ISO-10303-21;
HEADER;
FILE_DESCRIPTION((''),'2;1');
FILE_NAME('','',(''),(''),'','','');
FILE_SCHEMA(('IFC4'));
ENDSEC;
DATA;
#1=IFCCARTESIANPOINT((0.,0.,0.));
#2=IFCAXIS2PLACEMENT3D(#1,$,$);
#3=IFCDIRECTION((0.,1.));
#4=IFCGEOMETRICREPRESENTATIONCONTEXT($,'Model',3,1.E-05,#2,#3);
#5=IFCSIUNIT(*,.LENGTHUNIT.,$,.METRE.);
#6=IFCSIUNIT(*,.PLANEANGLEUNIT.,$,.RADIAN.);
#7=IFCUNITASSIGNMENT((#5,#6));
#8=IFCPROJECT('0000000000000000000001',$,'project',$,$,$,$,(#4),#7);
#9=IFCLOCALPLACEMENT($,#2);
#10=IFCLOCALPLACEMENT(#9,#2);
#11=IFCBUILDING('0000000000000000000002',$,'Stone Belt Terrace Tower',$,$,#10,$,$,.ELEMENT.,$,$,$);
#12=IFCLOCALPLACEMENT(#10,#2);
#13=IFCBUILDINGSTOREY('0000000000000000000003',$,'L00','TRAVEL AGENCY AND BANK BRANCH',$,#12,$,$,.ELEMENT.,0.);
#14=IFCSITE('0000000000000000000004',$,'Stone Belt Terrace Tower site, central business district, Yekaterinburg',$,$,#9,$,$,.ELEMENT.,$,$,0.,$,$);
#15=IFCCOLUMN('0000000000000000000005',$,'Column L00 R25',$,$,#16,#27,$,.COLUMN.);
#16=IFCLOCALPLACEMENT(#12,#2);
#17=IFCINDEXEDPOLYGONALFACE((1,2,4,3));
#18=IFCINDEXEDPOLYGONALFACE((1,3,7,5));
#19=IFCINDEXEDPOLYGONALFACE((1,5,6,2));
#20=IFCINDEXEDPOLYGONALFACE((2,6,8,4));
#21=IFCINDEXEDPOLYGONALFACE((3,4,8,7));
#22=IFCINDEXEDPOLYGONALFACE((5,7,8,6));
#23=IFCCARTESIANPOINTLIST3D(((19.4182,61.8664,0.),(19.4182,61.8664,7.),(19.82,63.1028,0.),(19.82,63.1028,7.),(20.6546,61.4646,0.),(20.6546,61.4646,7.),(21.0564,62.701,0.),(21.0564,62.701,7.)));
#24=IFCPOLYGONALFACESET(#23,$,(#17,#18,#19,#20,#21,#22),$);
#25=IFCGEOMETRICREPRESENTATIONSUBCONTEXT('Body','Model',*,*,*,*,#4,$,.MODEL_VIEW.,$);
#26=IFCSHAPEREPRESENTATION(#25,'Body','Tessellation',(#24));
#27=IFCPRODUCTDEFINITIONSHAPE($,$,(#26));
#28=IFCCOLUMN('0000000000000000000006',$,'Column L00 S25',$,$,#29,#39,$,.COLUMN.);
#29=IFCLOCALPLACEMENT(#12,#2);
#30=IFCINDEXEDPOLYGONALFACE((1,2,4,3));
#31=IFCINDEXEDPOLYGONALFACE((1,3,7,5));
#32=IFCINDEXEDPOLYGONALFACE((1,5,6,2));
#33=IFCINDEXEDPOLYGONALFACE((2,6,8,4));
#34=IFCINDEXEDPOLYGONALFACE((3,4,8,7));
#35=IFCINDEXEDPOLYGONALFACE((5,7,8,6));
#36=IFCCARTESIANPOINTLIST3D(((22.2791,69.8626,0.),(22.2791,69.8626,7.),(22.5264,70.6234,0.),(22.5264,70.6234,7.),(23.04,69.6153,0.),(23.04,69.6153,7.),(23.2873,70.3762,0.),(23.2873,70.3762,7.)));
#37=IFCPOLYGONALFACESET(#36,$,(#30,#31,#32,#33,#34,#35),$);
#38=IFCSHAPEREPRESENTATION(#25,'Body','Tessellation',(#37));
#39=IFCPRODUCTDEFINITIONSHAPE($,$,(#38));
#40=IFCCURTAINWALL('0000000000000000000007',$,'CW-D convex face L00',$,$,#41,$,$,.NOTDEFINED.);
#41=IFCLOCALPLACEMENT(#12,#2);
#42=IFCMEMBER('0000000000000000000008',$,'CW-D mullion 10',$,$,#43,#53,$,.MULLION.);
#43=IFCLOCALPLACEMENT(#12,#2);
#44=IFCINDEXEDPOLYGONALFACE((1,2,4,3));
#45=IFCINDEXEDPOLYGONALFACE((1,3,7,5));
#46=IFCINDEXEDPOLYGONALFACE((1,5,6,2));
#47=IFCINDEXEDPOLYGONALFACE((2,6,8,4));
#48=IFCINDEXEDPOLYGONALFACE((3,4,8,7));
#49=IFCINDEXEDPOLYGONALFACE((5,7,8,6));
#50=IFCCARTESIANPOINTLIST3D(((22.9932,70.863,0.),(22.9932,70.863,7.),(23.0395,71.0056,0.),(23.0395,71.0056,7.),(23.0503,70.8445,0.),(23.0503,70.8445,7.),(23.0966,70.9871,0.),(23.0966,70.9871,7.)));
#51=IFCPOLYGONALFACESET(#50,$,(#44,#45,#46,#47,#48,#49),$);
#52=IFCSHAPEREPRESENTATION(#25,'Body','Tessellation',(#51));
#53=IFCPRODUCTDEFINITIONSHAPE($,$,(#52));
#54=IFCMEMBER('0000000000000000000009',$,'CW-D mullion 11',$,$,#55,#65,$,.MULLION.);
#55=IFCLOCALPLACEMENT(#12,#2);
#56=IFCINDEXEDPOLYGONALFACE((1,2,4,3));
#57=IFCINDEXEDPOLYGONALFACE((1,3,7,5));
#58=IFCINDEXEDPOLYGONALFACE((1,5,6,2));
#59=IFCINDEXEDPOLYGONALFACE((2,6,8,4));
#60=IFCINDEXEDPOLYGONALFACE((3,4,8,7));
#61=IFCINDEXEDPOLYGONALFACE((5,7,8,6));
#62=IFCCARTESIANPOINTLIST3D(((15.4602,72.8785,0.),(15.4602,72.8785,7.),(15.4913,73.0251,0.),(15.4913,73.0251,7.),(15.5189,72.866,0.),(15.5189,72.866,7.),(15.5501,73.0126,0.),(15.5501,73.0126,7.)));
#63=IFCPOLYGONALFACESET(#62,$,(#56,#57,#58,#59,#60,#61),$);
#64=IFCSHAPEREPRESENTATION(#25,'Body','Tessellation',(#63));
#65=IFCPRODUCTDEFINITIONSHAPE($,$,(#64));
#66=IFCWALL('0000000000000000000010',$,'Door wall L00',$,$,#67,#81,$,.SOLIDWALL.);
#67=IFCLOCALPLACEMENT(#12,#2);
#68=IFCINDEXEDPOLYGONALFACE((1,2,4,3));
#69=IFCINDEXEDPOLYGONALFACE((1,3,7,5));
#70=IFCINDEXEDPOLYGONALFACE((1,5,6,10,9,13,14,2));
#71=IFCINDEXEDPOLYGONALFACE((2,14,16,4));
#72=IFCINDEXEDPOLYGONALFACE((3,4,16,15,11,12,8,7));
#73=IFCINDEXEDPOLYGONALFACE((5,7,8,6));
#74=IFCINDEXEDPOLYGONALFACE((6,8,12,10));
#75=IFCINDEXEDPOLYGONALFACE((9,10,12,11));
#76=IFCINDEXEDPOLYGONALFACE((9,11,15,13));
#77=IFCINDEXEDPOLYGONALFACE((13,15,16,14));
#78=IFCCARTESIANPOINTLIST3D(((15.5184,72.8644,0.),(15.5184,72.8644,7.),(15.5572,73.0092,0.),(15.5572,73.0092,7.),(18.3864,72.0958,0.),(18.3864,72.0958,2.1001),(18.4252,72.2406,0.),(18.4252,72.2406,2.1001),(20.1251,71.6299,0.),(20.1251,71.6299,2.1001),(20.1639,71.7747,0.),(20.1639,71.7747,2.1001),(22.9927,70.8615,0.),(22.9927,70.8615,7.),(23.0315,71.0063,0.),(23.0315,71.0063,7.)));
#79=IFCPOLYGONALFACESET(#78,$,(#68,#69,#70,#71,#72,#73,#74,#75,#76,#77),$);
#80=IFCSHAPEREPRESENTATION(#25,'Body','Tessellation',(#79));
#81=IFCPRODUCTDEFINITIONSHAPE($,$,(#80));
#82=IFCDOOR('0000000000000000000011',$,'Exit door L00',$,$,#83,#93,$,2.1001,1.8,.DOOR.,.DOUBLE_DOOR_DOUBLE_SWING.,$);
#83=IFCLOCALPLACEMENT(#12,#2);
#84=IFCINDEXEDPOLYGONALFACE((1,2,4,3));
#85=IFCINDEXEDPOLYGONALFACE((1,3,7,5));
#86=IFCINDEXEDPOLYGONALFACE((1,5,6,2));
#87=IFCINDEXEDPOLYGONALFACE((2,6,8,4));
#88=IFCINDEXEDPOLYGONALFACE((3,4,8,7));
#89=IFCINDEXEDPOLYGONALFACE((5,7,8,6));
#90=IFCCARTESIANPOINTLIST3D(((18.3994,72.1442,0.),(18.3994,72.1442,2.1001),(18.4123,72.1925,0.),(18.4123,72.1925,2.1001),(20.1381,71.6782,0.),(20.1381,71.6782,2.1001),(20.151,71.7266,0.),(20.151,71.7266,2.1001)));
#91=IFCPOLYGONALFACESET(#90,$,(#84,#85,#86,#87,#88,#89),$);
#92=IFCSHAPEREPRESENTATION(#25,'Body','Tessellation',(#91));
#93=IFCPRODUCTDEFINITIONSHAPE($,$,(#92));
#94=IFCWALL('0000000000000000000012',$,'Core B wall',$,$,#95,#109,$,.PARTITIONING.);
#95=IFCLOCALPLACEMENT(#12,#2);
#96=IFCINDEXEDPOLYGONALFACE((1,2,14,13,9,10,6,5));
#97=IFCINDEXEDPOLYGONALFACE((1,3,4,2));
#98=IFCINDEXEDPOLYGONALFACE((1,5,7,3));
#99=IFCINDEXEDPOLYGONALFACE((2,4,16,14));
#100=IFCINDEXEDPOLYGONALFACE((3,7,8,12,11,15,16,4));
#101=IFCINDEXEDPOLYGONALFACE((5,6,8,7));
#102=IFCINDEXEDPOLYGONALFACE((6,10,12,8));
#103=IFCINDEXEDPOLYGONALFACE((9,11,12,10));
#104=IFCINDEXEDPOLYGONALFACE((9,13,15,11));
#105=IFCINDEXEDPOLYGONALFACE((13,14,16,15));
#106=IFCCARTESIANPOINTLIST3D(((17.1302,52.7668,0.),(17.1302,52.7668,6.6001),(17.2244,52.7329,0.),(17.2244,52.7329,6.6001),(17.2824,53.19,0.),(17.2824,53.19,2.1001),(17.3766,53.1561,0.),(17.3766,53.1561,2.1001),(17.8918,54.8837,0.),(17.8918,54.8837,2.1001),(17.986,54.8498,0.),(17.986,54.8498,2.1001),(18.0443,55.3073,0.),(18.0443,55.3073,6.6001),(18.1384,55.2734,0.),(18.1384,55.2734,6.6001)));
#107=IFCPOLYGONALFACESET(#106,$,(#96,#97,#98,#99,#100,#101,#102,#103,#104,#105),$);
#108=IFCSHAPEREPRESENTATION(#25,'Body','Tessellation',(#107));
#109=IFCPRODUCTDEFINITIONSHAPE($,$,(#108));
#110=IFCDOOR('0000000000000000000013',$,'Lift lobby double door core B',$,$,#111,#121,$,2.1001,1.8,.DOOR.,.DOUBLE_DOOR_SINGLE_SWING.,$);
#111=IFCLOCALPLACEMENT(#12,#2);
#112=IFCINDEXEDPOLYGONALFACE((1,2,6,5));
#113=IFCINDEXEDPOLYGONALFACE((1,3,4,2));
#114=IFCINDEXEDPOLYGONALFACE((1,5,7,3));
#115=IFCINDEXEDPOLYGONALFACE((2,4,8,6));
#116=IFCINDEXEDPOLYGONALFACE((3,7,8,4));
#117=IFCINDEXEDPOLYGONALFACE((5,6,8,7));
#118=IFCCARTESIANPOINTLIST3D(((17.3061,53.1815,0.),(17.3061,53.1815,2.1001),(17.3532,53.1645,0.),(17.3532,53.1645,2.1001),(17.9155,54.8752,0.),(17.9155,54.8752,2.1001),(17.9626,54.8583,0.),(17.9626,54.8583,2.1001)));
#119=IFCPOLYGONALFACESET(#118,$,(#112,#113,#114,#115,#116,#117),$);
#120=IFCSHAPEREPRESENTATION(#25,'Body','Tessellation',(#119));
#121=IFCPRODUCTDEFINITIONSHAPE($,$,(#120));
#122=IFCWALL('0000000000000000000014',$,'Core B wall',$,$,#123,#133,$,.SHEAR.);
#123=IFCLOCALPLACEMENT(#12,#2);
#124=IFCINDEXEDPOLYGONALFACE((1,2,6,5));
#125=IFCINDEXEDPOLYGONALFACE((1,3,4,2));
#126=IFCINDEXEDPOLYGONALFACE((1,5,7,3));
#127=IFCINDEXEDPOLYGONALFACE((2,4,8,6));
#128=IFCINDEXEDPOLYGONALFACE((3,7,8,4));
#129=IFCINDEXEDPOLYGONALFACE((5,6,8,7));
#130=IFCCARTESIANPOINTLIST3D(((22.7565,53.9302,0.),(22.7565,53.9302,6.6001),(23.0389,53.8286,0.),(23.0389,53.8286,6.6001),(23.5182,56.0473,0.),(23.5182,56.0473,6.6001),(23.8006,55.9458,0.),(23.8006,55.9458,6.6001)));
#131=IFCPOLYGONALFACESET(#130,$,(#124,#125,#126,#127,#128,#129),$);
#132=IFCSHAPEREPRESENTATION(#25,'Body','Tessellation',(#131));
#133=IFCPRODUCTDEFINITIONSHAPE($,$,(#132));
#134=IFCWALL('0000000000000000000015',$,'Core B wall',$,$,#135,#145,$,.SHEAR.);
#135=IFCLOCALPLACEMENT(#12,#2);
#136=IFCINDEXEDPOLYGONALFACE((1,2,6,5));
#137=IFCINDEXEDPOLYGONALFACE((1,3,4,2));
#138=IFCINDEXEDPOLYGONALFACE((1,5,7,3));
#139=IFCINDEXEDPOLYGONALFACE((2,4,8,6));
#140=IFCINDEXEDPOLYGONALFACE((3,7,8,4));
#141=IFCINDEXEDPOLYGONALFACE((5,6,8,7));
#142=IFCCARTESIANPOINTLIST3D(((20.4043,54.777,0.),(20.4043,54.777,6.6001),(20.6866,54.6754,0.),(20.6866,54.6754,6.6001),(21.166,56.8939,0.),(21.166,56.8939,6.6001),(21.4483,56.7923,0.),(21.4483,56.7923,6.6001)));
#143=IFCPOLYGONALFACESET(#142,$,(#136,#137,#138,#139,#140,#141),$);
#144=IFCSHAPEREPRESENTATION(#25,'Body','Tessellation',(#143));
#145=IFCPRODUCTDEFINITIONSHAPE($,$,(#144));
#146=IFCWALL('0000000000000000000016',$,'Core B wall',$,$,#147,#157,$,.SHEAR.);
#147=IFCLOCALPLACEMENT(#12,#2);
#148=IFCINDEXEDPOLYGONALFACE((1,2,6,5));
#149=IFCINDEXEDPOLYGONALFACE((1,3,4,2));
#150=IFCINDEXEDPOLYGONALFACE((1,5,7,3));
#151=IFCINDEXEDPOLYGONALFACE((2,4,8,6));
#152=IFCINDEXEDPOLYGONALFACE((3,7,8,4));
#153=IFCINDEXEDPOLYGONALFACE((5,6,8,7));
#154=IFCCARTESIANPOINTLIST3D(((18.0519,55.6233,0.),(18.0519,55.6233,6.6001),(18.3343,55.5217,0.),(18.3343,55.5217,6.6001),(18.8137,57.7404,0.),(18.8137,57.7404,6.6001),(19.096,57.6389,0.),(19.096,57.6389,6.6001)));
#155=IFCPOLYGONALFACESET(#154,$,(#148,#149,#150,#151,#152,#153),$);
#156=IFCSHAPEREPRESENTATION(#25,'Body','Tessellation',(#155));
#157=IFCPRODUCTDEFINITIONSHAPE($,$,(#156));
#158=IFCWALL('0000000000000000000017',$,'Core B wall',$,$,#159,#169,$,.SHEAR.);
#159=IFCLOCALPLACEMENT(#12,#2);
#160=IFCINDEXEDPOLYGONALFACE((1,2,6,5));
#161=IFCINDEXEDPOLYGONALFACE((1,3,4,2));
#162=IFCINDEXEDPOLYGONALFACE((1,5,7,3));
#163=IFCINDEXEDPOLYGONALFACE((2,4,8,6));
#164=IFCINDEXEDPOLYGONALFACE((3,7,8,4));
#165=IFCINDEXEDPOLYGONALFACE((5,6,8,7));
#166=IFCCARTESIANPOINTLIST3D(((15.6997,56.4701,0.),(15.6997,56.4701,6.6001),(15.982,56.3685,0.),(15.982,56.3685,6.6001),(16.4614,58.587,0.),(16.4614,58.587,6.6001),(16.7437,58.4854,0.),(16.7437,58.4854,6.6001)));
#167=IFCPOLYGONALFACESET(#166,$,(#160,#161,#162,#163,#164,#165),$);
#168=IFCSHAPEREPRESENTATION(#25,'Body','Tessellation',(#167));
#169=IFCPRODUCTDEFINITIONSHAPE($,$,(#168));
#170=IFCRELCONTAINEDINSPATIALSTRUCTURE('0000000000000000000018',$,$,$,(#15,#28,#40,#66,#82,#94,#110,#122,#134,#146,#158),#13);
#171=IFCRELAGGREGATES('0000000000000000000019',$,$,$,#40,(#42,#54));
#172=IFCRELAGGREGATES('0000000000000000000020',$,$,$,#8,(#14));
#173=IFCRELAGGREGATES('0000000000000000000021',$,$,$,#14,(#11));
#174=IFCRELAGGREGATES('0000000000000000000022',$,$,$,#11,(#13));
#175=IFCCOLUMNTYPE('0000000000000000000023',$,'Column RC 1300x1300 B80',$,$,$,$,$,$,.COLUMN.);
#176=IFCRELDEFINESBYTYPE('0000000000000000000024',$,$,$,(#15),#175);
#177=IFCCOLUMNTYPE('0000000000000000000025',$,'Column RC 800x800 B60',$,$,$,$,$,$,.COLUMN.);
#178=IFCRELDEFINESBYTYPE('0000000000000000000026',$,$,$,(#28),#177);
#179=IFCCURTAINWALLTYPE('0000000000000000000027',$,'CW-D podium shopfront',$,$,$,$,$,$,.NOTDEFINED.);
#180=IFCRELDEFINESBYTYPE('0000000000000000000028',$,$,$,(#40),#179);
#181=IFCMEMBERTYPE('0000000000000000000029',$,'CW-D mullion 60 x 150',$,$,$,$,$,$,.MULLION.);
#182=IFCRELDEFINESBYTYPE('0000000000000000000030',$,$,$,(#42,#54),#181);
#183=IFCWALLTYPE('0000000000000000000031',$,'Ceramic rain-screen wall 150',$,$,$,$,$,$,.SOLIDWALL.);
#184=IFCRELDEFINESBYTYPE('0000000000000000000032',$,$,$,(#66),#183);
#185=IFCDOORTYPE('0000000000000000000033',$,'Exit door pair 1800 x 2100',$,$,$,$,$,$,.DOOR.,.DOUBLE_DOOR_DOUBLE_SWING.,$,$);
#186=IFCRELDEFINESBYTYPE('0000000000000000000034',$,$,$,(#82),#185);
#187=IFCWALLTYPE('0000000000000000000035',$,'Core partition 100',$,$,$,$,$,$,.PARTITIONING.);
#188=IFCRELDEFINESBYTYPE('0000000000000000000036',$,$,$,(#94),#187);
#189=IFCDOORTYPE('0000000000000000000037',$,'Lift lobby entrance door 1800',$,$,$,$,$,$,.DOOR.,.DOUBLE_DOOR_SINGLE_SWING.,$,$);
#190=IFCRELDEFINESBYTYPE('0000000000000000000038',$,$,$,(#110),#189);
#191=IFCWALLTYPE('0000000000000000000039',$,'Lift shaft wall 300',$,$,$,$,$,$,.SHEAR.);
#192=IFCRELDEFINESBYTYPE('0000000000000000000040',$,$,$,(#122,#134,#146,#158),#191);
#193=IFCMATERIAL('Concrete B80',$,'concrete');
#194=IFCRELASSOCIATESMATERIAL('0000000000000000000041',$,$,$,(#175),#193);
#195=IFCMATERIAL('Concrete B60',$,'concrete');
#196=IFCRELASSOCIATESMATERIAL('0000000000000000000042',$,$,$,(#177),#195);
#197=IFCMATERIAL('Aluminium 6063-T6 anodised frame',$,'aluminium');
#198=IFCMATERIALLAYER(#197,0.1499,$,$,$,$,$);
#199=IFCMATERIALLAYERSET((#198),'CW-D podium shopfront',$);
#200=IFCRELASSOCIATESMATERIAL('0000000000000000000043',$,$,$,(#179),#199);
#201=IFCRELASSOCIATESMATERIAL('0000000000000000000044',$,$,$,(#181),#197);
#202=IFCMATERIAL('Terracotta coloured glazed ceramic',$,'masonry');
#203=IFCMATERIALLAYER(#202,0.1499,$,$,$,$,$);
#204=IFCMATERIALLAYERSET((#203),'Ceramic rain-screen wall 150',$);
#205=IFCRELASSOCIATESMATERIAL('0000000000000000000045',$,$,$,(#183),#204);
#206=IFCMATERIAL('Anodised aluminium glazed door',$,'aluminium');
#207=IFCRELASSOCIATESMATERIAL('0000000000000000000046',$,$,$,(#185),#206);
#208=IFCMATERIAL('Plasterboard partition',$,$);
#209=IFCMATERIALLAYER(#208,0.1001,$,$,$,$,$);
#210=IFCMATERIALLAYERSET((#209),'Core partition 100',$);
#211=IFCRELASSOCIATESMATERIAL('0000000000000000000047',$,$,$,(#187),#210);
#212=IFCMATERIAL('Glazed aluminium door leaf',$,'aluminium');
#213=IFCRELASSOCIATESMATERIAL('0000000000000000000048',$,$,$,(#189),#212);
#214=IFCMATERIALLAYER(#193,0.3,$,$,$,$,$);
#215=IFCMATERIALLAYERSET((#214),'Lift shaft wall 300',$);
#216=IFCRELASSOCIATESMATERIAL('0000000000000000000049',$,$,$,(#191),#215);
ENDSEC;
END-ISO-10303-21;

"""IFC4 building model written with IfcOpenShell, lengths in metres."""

from ifc_helpers import new_model, si_unit, direction, frame, frame_2d, origin, origin_2d, place, context, subcontext, project, spatial, rectangle, extrude, material, layer, layer_set, material_profile, profile_set, type_object, element, fill, aggregate, save


model = new_model("IFC4")

# Units and contexts
model_context = context("Model", 3, precision=1e-05, world=origin(), true_north=direction((0.0, 1.0)))
body_context = subcontext(model_context, "Body", "Model", "MODEL_VIEW")
ifc_project = project(units=[si_unit("LENGTHUNIT", "METRE"), si_unit("PLANEANGLEUNIT", "RADIAN")], contexts=[model_context])

# Site, building, storey
site_placement = place(None, origin())
site = spatial("IfcSite", under=ifc_project, at=site_placement, Name="Stone Belt Terrace Tower site, central business district, Yekaterinburg", CompositionType="ELEMENT", RefElevation=0.0)
building_placement = place(site_placement, origin())
building = spatial("IfcBuilding", under=site, at=building_placement, Name="Stone Belt Terrace Tower", CompositionType="ELEMENT")
storey_placement = place(building_placement, origin())
storey = spatial("IfcBuildingStorey", under=building, at=storey_placement, Name="L00", Description="TRAVEL AGENCY AND BANK BRANCH", CompositionType="ELEMENT", Elevation=0.0)

# Columns
ifc_material_1 = material(Name="Concrete B80", Category="concrete")
ifc_material_profile_1 = material_profile(ifc_material_1, rectangle(XDim=1.3, YDim=1.3, at=origin_2d()), Name="RC 1300x1300")
ifc_profile_set_1 = profile_set([ifc_material_profile_1], Name="Concrete B80")
column_type_1 = type_object("IfcColumnType", Name="Column RC 1300x1300 B80", PredefinedType="COLUMN", material=ifc_profile_set_1)
column_1_placement = place(storey_placement, frame((20.2373, 62.2837, 0.0), z_axis=(0.0, 0.0, 1.0), x_axis=(0.951057, -0.309017, 0.0)))
element("IfcColumn", 1, at=column_1_placement, inside=storey, type_object=column_type_1, Name="Column L00 R25", PredefinedType="COLUMN", context=body_context, shape_type="SweptSolid", body=[
    extrude(rectangle(XDim=1.3, YDim=1.3, at=origin_2d()), origin(), (0.0, 0.0, 1.0), 7.0),
])
ifc_material_2 = material(Name="Concrete B60", Category="concrete")
ifc_material_profile_2 = material_profile(ifc_material_2, rectangle(XDim=0.8, YDim=0.8, at=origin_2d()), Name="RC 800x800")
ifc_profile_set_2 = profile_set([ifc_material_profile_2], Name="Concrete B60")
column_type_2 = type_object("IfcColumnType", Name="Column RC 800x800 B60", PredefinedType="COLUMN", material=ifc_profile_set_2)
column_2_placement = place(storey_placement, frame((22.7832, 70.1194, 0.0), z_axis=(0.0, 0.0, 1.0), x_axis=(0.951057, -0.309017, 0.0)))
element("IfcColumn", 2, at=column_2_placement, inside=storey, type_object=column_type_2, Name="Column L00 S25", PredefinedType="COLUMN", context=body_context, shape_type="SweptSolid", body=[
    extrude(rectangle(XDim=0.8, YDim=0.8, at=origin_2d()), origin(), (0.0, 0.0, 1.0), 7.0),
])

# Curtain wall, members
ifc_material_3 = material(Name="Aluminium 6063-T6 anodised frame", Category="aluminium")
ifc_layer_1 = layer(ifc_material_3, 0.1499)
ifc_layer_set_1 = layer_set([ifc_layer_1], Name="CW-D podium shopfront")
curtain_wall_type = type_object("IfcCurtainWallType", Name="CW-D podium shopfront", PredefinedType="NOTDEFINED", material=ifc_layer_set_1)
curtain_wall_placement = place(storey_placement, origin())
curtain_wall = element("IfcCurtainWall", 3, at=curtain_wall_placement, inside=storey, type_object=curtain_wall_type, Name="CW-D convex face L00", PredefinedType="NOTDEFINED")
ifc_material_profile_3 = material_profile(ifc_material_3, rectangle(XDim=0.1499, YDim=0.0601, at=origin_2d()), Name="Aluminium 6063-T6 60x150")
ifc_profile_set_3 = profile_set([ifc_material_profile_3], Name="Aluminium 6063-T6 anodised frame")
member_type = type_object("IfcMemberType", Name="CW-D mullion 60 x 150", PredefinedType="MULLION", material=ifc_profile_set_3)
member_1_placement = place(storey_placement, frame((23.0449, 70.925, 0.0), z_axis=(0.0, 0.0, 1.0), x_axis=(-0.309017, -0.951057, 0.0)))
member_1 = element("IfcMember", 4, at=member_1_placement, type_object=member_type, Name="CW-D mullion 10", PredefinedType="MULLION", context=body_context, shape_type="SweptSolid", body=[
    extrude(rectangle(XDim=0.1499, YDim=0.0601, at=origin_2d()), origin(), (0.0, 0.0, 1.0), 7.0),
])
member_2_placement = place(storey_placement, frame((15.5051, 72.9456, 0.0), z_axis=(0.0, 0.0, 1.0), x_axis=(-0.207912, -0.978148, 0.0)))
member_2 = element("IfcMember", 5, at=member_2_placement, type_object=member_type, Name="CW-D mullion 11", PredefinedType="MULLION", context=body_context, shape_type="SweptSolid", body=[
    extrude(rectangle(XDim=0.1499, YDim=0.0601, at=origin_2d()), origin(), (0.0, 0.0, 1.0), 7.0),
])
aggregate(curtain_wall, [member_1, member_2])

# Walls, openings, doors
ifc_material_4 = material(Name="Terracotta coloured glazed ceramic", Category="masonry")
ifc_layer_2 = layer(ifc_material_4, 0.1499)
ifc_layer_set_2 = layer_set([ifc_layer_2], Name="Ceramic rain-screen wall 150")
wall_type_1 = type_object("IfcWallType", Name="Ceramic rain-screen wall 150", PredefinedType="SOLIDWALL", material=ifc_layer_set_2)
wall_1_placement = place(storey_placement, frame((23.0122, 70.9338, 0.0), z_axis=(0.0, 0.0, 1.0), x_axis=(-0.96592, 0.258841, 0.0)))
wall_1 = element("IfcWall", 6, at=wall_1_placement, inside=storey, type_object=wall_type_1, Name="Door wall L00", PredefinedType="SOLIDWALL", context=body_context, shape_type="SweptSolid", body=[
    extrude(rectangle(XDim=7.738, YDim=0.1499, at=frame_2d((3.8691, 0.0))), origin(), (0.0, 0.0, 1.0), 7.0),
])
opening_1_placement = place(wall_1_placement, frame((2.969, 0.0, 0.0)))
opening_1 = element("IfcOpeningElement", 7, at=opening_1_placement, cuts=wall_1, PredefinedType="OPENING", context=body_context, shape_type="SweptSolid", body=[
    extrude(rectangle(XDim=1.8, YDim=2.1001, at=frame_2d((0.8999, 1.05))), frame((0.0, 0.085, 0.0), z_axis=(0.0, -1.0, 0.0), x_axis=(1.0, 0.0, 0.0)), (0.0, 0.0, 1.0), 0.1699),
])
ifc_material_5 = material(Name="Anodised aluminium glazed door", Category="aluminium")
door_type_1 = type_object("IfcDoorType", Name="Exit door pair 1800 x 2100", OperationType="DOUBLE_DOOR_DOUBLE_SWING", PredefinedType="DOOR", material=ifc_material_5)
door_1_placement = place(opening_1_placement, origin())
door_1 = element("IfcDoor", 8, at=door_1_placement, inside=storey, type_object=door_type_1, Name="Exit door L00", OperationType="DOUBLE_DOOR_DOUBLE_SWING", OverallHeight=2.1001, OverallWidth=1.8, PredefinedType="DOOR", context=body_context, shape_type="SweptSolid", body=[
    extrude(rectangle(XDim=1.8, YDim=2.1001, at=frame_2d((0.8999, 1.05))), frame((0.0, 0.0249, 0.0), z_axis=(0.0, -1.0, 0.0), x_axis=(1.0, 0.0, 0.0)), (0.0, 0.0, 1.0), 0.05),
])
fill(opening_1, door_1)
ifc_material_6 = material(Name="Plasterboard partition")
ifc_layer_3 = layer(ifc_material_6, 0.1001)
ifc_layer_set_3 = layer_set([ifc_layer_3], Name="Core partition 100")
wall_type_2 = type_object("IfcWallType", Name="Core partition 100", PredefinedType="PARTITIONING", material=ifc_layer_set_3)
wall_2_placement = place(storey_placement, frame((17.1772, 52.7498, 0.0), z_axis=(0.0, 0.0, 1.0), x_axis=(0.338547, 0.94095, 0.0)))
wall_2 = element("IfcWall", 9, at=wall_2_placement, inside=storey, type_object=wall_type_2, Name="Core B wall", PredefinedType="PARTITIONING", context=body_context, shape_type="SweptSolid", body=[
    extrude(rectangle(XDim=2.7, YDim=0.1001, at=frame_2d((1.3501, 0.0))), origin(), (0.0, 0.0, 1.0), 6.6001),
])
opening_2_placement = place(wall_2_placement, frame((0.45, 0.0, 0.0)))
opening_2 = element("IfcOpeningElement", 10, at=opening_2_placement, cuts=wall_2, PredefinedType="OPENING", context=body_context, shape_type="SweptSolid", body=[
    extrude(rectangle(XDim=1.8, YDim=2.1001, at=frame_2d((0.8999, 1.05))), frame((0.0, 0.0601, 0.0), z_axis=(0.0, -1.0, 0.0), x_axis=(1.0, 0.0, 0.0)), (0.0, 0.0, 1.0), 0.1201),
])
ifc_material_7 = material(Name="Glazed aluminium door leaf", Category="aluminium")
door_type_2 = type_object("IfcDoorType", Name="Lift lobby entrance door 1800", OperationType="DOUBLE_DOOR_SINGLE_SWING", PredefinedType="DOOR", material=ifc_material_7)
door_2_placement = place(opening_2_placement, origin())
door_2 = element("IfcDoor", 11, at=door_2_placement, inside=storey, type_object=door_type_2, Name="Lift lobby double door core B", OperationType="DOUBLE_DOOR_SINGLE_SWING", OverallHeight=2.1001, OverallWidth=1.8, PredefinedType="DOOR", context=body_context, shape_type="SweptSolid", body=[
    extrude(rectangle(XDim=1.8, YDim=2.1001, at=frame_2d((0.8999, 1.05))), frame((0.0, 0.0249, 0.0), z_axis=(0.0, -1.0, 0.0), x_axis=(1.0, 0.0, 0.0)), (0.0, 0.0, 1.0), 0.05),
])
fill(opening_2, door_2)

# Walls
ifc_layer_4 = layer(ifc_material_1, 0.3)
ifc_layer_set_4 = layer_set([ifc_layer_4], Name="Lift shaft wall 300")
wall_type_3 = type_object("IfcWallType", Name="Lift shaft wall 300", PredefinedType="SHEAR", material=ifc_layer_set_4)
wall_3_placement = place(storey_placement, frame((22.8977, 53.8794, 0.0), z_axis=(0.0, 0.0, 1.0), x_axis=(0.338535, 0.940954, 0.0)))
element("IfcWall", 12, at=wall_3_placement, inside=storey, type_object=wall_type_3, Name="Core B wall", PredefinedType="SHEAR", context=body_context, shape_type="SweptSolid", body=[
    extrude(rectangle(XDim=2.25, YDim=0.3, at=frame_2d((1.125, 0.0))), origin(), (0.0, 0.0, 1.0), 6.6001),
])
wall_4_placement = place(storey_placement, frame((20.5454, 54.7261, 0.0), z_axis=(0.0, 0.0, 1.0), x_axis=(0.33857, 0.940941, 0.0)))
element("IfcWall", 13, at=wall_4_placement, inside=storey, type_object=wall_type_3, Name="Core B wall", PredefinedType="SHEAR", context=body_context, shape_type="SweptSolid", body=[
    extrude(rectangle(XDim=2.2498, YDim=0.3, at=frame_2d((1.125, 0.0))), origin(), (0.0, 0.0, 1.0), 6.6001),
])
wall_5_placement = place(storey_placement, frame((18.1931, 55.5725, 0.0), z_axis=(0.0, 0.0, 1.0), x_axis=(0.338535, 0.940954, 0.0)))
element("IfcWall", 14, at=wall_5_placement, inside=storey, type_object=wall_type_3, Name="Core B wall", PredefinedType="SHEAR", context=body_context, shape_type="SweptSolid", body=[
    extrude(rectangle(XDim=2.25, YDim=0.3, at=frame_2d((1.125, 0.0))), origin(), (0.0, 0.0, 1.0), 6.6001),
])
wall_6_placement = place(storey_placement, frame((15.8408, 56.4192, 0.0), z_axis=(0.0, 0.0, 1.0), x_axis=(0.33857, 0.940941, 0.0)))
element("IfcWall", 15, at=wall_6_placement, inside=storey, type_object=wall_type_3, Name="Core B wall", PredefinedType="SHEAR", context=body_context, shape_type="SweptSolid", body=[
    extrude(rectangle(XDim=2.2498, YDim=0.3, at=frame_2d((1.125, 0.0))), origin(), (0.0, 0.0, 1.0), 6.6001),
])

save(model, "model.ifc")
